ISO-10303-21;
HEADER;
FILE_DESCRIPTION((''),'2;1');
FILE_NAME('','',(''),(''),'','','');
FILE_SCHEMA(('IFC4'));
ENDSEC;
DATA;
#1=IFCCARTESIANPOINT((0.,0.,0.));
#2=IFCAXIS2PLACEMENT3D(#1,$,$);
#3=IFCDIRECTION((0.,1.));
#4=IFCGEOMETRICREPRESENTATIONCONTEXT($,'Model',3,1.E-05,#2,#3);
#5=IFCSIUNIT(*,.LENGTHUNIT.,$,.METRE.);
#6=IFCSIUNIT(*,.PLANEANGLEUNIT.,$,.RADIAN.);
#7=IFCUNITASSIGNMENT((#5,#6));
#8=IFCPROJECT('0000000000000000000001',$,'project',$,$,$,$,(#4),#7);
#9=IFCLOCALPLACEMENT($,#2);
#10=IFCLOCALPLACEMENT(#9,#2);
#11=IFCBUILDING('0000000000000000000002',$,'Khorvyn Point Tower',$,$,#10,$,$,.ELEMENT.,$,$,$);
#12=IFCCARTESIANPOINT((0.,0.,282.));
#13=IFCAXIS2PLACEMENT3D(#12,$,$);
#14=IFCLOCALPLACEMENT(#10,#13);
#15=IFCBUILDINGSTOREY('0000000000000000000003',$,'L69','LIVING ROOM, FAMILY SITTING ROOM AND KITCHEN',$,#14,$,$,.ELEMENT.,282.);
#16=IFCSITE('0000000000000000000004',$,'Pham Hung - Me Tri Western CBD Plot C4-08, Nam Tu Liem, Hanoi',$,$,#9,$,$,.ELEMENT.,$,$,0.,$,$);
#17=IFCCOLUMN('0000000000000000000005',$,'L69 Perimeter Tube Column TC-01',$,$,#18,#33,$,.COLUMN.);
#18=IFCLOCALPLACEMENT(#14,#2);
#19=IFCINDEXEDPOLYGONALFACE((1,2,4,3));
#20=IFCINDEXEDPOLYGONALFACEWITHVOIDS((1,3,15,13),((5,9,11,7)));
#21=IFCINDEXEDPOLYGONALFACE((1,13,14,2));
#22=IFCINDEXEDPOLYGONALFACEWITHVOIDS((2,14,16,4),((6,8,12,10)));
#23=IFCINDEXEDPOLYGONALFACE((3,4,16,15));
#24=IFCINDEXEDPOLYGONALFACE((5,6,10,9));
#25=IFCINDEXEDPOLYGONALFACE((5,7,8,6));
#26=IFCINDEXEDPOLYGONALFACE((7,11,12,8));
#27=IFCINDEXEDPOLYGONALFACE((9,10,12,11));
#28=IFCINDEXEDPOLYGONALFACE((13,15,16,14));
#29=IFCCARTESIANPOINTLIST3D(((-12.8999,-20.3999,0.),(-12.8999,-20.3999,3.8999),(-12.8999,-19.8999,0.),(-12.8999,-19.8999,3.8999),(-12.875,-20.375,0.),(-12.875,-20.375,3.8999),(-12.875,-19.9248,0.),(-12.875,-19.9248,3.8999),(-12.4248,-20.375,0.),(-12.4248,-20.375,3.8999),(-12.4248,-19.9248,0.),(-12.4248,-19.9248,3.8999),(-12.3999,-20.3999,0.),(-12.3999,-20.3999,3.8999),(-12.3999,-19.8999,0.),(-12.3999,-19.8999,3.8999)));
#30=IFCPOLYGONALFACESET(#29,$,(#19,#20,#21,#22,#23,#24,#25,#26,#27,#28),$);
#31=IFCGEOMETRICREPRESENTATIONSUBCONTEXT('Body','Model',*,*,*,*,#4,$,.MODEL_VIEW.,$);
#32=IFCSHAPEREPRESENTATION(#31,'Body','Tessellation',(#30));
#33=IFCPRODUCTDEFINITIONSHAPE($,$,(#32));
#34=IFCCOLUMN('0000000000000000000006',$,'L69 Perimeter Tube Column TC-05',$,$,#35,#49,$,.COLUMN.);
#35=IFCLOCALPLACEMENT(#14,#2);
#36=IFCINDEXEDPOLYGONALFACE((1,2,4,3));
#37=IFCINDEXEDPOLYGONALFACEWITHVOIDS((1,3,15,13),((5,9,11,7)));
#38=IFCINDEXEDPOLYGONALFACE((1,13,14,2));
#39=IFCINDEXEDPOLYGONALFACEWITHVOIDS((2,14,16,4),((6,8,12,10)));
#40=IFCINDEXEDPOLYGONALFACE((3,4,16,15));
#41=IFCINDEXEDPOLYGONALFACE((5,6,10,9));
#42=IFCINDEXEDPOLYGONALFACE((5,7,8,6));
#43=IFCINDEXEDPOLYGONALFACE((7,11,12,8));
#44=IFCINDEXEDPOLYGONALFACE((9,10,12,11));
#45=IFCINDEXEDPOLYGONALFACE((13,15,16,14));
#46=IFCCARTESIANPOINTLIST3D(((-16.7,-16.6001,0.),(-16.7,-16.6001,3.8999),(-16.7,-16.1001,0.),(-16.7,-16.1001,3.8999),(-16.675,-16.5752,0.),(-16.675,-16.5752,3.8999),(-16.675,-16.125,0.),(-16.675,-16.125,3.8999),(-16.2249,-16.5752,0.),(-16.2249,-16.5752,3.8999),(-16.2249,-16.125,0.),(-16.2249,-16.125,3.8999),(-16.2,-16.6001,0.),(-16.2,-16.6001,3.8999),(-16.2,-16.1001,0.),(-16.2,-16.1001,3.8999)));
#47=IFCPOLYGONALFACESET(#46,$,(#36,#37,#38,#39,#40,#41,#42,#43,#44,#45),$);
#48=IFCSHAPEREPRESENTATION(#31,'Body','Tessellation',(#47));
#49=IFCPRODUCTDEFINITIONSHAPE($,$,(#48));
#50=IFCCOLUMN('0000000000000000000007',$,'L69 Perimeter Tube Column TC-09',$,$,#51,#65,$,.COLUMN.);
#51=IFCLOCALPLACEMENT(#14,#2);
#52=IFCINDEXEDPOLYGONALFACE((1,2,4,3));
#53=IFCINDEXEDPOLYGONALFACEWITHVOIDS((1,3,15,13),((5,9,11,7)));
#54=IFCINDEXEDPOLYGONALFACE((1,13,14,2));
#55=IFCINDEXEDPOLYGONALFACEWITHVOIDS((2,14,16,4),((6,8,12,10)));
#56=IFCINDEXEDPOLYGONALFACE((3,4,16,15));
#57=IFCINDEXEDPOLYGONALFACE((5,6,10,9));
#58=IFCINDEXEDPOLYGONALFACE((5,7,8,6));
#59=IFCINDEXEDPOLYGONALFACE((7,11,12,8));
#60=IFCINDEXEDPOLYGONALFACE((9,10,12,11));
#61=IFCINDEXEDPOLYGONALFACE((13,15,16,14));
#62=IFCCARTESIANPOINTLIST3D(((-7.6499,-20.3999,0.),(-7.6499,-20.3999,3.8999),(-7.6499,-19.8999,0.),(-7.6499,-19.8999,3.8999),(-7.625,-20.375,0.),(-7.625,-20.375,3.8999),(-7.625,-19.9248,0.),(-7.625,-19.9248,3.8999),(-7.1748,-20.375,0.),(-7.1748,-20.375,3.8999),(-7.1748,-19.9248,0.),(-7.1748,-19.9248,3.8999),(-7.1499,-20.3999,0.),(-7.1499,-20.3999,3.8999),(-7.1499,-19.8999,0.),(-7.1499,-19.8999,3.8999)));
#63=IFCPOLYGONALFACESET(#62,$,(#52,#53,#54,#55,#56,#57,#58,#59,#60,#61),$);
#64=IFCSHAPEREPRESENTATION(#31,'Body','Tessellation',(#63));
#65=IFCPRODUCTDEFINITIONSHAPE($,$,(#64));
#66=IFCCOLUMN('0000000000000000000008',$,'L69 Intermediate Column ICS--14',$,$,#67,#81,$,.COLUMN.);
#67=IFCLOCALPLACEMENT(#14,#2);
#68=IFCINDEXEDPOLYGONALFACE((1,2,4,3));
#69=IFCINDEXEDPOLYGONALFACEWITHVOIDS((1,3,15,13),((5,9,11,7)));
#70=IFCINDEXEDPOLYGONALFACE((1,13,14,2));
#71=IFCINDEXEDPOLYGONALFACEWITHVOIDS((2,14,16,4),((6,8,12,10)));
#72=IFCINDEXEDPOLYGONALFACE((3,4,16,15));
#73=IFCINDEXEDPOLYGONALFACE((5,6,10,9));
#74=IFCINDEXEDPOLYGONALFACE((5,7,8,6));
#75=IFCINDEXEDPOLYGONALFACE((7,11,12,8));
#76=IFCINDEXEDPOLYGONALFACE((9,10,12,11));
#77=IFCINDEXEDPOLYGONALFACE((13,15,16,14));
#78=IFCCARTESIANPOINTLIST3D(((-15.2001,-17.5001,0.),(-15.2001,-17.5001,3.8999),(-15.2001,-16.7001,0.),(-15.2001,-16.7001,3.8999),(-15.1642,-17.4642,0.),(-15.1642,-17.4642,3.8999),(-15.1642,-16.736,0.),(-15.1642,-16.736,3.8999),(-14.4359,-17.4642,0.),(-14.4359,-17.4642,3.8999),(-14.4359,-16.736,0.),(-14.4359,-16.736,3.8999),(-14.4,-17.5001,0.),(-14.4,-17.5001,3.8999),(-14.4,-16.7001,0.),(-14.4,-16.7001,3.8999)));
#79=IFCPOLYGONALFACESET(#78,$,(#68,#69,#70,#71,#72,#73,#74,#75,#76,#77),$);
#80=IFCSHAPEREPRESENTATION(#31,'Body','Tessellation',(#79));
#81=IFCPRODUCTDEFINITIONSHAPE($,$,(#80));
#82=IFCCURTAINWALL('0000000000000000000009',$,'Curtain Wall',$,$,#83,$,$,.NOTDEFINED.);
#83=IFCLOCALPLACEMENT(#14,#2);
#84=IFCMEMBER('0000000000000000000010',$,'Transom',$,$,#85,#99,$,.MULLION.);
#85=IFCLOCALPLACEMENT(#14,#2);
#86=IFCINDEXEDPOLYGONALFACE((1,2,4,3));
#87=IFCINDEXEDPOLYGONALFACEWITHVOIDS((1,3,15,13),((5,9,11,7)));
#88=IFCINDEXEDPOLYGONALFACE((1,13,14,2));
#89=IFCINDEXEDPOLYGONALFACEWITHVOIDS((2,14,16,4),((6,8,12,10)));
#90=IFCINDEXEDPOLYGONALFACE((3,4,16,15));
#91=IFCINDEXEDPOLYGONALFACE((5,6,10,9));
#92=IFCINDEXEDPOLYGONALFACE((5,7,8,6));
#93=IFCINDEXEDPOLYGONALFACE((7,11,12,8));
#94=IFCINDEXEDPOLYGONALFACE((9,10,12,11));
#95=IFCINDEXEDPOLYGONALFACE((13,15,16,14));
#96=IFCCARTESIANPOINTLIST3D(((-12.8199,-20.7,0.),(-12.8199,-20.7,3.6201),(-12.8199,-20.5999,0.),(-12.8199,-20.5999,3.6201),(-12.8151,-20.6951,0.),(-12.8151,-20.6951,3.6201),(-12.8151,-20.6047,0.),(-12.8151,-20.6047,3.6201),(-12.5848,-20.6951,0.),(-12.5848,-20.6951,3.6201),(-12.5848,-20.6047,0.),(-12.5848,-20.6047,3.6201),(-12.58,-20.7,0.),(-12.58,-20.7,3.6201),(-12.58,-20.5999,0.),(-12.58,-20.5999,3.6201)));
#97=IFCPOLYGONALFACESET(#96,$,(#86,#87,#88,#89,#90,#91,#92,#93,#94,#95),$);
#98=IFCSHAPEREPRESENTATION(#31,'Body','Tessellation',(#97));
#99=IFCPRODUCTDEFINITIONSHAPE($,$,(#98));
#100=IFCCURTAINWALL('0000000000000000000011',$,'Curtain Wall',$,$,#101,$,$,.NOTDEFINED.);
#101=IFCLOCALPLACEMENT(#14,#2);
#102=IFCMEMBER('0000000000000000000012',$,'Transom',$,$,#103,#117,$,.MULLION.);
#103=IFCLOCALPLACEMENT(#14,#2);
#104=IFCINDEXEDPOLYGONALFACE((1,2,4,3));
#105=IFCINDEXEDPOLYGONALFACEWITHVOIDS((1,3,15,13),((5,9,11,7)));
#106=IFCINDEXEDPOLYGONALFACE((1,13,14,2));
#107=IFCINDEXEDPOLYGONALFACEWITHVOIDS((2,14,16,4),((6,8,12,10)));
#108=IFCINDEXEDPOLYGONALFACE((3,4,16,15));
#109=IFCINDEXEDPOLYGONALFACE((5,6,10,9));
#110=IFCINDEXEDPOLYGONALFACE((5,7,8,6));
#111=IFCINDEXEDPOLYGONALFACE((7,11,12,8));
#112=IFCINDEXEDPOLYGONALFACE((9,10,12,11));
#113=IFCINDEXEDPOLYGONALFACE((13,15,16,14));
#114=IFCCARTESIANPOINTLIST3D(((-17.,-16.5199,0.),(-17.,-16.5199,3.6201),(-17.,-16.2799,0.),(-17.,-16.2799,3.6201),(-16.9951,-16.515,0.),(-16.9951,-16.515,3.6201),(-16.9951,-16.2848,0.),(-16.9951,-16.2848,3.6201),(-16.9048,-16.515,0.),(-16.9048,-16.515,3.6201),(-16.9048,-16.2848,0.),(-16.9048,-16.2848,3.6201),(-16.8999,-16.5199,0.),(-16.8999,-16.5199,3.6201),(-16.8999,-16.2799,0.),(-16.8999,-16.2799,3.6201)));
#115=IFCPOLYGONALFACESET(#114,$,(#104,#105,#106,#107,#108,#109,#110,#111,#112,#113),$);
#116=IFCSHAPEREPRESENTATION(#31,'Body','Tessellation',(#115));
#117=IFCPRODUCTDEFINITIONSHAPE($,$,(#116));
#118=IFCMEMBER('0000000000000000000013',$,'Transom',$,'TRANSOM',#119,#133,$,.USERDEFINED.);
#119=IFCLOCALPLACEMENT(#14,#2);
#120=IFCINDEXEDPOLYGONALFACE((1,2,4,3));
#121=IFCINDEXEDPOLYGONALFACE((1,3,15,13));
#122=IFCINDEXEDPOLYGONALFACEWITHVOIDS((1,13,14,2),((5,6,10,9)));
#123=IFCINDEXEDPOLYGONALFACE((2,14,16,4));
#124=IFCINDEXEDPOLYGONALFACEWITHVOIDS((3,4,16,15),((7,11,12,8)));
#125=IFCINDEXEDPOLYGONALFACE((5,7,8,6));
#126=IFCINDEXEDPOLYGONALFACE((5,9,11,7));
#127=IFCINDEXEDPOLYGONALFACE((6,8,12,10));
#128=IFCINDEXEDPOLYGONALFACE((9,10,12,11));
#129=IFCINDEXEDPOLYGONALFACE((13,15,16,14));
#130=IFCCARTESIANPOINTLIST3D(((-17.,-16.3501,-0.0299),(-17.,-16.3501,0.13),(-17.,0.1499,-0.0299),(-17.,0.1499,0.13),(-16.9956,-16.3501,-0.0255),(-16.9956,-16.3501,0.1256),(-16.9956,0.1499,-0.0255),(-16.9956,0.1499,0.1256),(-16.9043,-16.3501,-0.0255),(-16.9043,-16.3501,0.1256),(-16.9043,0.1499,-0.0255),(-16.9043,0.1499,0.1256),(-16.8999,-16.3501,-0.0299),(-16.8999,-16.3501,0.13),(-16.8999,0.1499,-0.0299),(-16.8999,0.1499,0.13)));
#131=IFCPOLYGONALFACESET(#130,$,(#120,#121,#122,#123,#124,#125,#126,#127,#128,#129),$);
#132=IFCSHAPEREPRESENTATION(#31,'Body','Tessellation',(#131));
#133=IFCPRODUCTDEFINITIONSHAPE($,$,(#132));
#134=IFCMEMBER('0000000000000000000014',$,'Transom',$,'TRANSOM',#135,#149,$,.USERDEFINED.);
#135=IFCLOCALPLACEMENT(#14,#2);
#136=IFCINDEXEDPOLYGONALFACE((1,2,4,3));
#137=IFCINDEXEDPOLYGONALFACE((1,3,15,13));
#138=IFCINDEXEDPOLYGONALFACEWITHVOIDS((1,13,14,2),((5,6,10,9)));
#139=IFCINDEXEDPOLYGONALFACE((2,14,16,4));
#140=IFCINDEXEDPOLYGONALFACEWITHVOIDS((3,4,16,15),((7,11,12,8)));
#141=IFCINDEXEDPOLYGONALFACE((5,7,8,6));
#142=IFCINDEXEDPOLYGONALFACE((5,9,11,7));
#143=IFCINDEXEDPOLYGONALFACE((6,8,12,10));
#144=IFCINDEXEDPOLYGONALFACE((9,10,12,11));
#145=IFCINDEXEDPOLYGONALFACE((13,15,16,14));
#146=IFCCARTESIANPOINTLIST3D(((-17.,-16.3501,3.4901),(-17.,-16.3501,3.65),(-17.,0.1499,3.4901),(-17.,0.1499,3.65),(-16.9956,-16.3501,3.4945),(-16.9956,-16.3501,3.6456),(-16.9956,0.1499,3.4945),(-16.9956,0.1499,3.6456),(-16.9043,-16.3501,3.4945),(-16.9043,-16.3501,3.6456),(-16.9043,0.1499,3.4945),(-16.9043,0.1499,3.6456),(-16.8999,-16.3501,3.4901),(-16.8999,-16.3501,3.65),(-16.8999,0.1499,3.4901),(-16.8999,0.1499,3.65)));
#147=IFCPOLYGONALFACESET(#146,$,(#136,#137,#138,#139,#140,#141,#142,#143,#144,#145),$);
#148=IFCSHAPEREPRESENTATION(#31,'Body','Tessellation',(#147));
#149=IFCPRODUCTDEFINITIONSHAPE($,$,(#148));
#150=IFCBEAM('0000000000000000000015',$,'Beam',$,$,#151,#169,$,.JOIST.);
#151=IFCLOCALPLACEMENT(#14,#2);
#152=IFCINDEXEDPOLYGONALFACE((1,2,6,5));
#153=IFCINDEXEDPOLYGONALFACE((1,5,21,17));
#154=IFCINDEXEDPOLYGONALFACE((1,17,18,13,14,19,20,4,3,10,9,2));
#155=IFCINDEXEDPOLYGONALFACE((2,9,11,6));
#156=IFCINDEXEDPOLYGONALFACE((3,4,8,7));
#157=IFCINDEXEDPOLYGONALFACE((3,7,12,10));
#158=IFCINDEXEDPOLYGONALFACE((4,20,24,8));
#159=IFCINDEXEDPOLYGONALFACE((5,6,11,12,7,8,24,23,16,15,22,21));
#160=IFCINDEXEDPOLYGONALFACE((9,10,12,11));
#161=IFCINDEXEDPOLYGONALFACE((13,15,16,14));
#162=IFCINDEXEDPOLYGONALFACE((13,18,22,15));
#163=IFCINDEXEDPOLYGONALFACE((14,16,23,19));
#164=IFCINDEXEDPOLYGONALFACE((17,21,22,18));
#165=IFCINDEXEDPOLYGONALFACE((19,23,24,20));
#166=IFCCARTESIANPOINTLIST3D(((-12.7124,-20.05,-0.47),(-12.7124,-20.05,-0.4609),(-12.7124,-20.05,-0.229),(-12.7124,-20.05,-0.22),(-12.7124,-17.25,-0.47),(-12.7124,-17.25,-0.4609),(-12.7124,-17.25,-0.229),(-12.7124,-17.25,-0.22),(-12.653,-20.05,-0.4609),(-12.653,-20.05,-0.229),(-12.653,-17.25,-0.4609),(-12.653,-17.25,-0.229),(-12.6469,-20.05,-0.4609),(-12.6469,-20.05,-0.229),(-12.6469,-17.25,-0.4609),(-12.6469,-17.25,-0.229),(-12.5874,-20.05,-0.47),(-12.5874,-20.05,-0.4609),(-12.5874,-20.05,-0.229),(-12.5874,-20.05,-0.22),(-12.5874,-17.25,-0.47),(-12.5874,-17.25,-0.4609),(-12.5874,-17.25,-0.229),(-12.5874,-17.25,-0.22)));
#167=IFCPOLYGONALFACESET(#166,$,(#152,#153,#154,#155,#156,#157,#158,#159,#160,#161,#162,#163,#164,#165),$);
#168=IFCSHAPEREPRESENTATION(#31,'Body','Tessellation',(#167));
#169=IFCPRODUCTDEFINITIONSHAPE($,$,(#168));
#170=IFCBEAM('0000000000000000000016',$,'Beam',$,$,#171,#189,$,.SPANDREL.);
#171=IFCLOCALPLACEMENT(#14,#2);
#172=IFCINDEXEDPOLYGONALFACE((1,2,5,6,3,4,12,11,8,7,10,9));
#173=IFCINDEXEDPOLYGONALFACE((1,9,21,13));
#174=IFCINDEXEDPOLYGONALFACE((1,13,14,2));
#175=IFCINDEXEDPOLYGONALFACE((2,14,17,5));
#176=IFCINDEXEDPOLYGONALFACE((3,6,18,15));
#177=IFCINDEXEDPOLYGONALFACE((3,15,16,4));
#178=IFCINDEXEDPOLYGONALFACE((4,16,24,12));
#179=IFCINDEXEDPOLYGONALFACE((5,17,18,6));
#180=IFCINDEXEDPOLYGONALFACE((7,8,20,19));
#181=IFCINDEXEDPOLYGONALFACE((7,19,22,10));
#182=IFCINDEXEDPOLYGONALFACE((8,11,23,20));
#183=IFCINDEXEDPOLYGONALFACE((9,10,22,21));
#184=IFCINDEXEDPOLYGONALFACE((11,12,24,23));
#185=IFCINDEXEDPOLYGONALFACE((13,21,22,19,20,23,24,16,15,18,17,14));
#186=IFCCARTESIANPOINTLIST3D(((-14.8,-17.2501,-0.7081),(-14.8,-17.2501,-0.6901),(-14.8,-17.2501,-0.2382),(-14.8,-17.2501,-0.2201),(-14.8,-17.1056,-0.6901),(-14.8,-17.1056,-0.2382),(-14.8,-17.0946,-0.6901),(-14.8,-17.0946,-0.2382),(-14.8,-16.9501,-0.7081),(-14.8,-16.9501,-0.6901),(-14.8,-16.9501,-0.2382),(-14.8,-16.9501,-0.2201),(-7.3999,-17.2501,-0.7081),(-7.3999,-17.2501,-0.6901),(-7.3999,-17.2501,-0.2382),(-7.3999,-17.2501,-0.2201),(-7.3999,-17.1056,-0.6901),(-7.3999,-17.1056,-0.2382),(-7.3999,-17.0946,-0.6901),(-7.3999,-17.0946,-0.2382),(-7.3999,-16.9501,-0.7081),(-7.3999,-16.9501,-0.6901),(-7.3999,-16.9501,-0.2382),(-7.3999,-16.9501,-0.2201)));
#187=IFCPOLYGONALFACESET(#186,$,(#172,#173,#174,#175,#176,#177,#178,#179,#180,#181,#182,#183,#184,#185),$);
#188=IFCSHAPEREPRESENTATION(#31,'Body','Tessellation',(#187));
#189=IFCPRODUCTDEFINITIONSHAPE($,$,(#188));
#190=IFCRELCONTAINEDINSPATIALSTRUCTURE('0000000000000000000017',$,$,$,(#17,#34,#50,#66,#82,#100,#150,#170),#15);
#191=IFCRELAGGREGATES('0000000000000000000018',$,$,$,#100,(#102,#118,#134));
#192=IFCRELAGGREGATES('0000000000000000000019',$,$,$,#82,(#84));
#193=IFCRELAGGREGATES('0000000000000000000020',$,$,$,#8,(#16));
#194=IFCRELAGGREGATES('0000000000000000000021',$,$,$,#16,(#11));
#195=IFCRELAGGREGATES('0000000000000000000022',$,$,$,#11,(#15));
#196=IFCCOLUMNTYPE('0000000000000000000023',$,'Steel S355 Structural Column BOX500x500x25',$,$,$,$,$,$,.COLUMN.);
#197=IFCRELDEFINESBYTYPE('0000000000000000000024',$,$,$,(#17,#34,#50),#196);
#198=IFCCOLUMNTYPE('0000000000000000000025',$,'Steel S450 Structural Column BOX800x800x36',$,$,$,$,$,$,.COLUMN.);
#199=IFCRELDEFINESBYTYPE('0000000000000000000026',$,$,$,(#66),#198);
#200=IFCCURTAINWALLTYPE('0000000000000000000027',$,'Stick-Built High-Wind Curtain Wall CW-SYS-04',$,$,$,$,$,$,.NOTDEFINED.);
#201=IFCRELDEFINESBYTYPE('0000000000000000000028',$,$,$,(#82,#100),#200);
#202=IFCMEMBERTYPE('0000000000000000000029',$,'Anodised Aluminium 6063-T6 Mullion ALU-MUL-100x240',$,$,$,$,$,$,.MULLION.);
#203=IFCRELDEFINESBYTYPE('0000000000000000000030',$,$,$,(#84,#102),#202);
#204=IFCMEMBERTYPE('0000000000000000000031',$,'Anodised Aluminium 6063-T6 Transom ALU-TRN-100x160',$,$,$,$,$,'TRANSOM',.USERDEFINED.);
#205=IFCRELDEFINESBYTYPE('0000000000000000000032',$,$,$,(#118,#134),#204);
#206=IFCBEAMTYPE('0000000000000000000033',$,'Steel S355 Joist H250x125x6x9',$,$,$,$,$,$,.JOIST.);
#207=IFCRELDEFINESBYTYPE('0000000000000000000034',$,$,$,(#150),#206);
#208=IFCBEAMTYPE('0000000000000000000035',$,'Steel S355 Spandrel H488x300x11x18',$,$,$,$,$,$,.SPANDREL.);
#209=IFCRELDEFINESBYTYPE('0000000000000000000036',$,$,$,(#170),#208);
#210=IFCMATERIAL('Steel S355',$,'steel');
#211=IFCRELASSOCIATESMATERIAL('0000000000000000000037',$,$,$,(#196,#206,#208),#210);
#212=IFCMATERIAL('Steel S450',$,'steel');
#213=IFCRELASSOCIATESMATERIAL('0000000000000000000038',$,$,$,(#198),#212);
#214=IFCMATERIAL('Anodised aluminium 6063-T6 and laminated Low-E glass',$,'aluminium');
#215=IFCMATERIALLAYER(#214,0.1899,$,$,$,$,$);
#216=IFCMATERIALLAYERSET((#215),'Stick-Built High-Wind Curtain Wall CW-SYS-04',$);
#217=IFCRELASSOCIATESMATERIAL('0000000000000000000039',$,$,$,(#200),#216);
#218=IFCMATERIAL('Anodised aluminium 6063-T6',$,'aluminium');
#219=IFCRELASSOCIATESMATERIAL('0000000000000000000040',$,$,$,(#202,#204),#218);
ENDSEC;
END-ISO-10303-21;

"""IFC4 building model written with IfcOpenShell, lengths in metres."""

from ifc_helpers import new_model, si_unit, direction, frame, origin, origin_2d, place, context, subcontext, project, spatial, hollow_rectangle, i_section, extrude, material, layer, layer_set, material_profile, profile_set, type_object, element, aggregate, save


model = new_model("IFC4")

# Units and contexts
model_context = context("Model", 3, precision=1e-05, world=origin(), true_north=direction((0.0, 1.0)))
body_context = subcontext(model_context, "Body", "Model", "MODEL_VIEW")
ifc_project = project(units=[si_unit("LENGTHUNIT", "METRE"), si_unit("PLANEANGLEUNIT", "RADIAN")], contexts=[model_context])

# Site, building, storey
site_placement = place(None, origin())
site = spatial("IfcSite", under=ifc_project, at=site_placement, Name="Pham Hung - Me Tri Western CBD Plot C4-08, Nam Tu Liem, Hanoi", CompositionType="ELEMENT", RefElevation=0.0)
building_placement = place(site_placement, origin())
building = spatial("IfcBuilding", under=site, at=building_placement, Name="Khorvyn Point Tower", CompositionType="ELEMENT")
storey_placement = place(building_placement, frame((0.0, 0.0, 282.0)))
storey = spatial("IfcBuildingStorey", under=building, at=storey_placement, Name="L69", Description="LIVING ROOM, FAMILY SITTING ROOM AND KITCHEN", CompositionType="ELEMENT", Elevation=282.0)

# Columns
ifc_material_1 = material(Name="Steel S355", Category="steel")
ifc_material_profile_1 = material_profile(ifc_material_1, hollow_rectangle(XDim=0.5, YDim=0.5, WallThickness=0.0249, at=origin_2d()))
ifc_profile_set_1 = profile_set([ifc_material_profile_1], Name="Steel S355 BOX500x500x25")
column_type_1 = type_object("IfcColumnType", Name="Steel S355 Structural Column BOX500x500x25", PredefinedType="COLUMN", material=ifc_profile_set_1)
for number, where, z_axis, x_axis, name in (
    (1, (-12.6499, -20.1499, 0.0), (0.0, 0.0, 1.0), (1.0, 0.0, 0.0), "L69 Perimeter Tube Column TC-01"),
    (2, (-16.45, -16.3501, 0.0), (0.0, 0.0, 1.0), (1.0, 0.0, 0.0), "L69 Perimeter Tube Column TC-05"),
    (3, (-7.3999, -20.1499, 0.0), (0.0, 0.0, 1.0), (1.0, 0.0, 0.0), "L69 Perimeter Tube Column TC-09"),
):
    element("IfcColumn", number, at=place(storey_placement, frame(where, z_axis=z_axis, x_axis=x_axis)), inside=storey, type_object=column_type_1, Name=name, PredefinedType="COLUMN", context=body_context, shape_type="SweptSolid", body=[
        extrude(hollow_rectangle(XDim=0.5, YDim=0.5, WallThickness=0.0249, at=origin_2d()), origin(), (0.0, 0.0, 1.0), 3.8999),
    ])
ifc_material_2 = material(Name="Steel S450", Category="steel")
ifc_material_profile_2 = material_profile(ifc_material_2, hollow_rectangle(XDim=0.8, YDim=0.8, WallThickness=0.0359, at=origin_2d()))
ifc_profile_set_2 = profile_set([ifc_material_profile_2], Name="Steel S450 BOX800x800x36")
column_type_2 = type_object("IfcColumnType", Name="Steel S450 Structural Column BOX800x800x36", PredefinedType="COLUMN", material=ifc_profile_set_2)
column_placement = place(storey_placement, frame((-14.8, -17.1001, 0.0), z_axis=(0.0, 0.0, 1.0), x_axis=(1.0, 0.0, 0.0)))
element("IfcColumn", 4, at=column_placement, inside=storey, type_object=column_type_2, Name="L69 Intermediate Column ICS--14", PredefinedType="COLUMN", context=body_context, shape_type="SweptSolid", body=[
    extrude(hollow_rectangle(XDim=0.8, YDim=0.8, WallThickness=0.0359, at=origin_2d()), origin(), (0.0, 0.0, 1.0), 3.8999),
])

# Curtain wall, member
ifc_material_3 = material(Name="Anodised aluminium 6063-T6 and laminated Low-E glass", Category="aluminium")
ifc_layer_1 = layer(ifc_material_3, 0.1899)
ifc_layer_set_1 = layer_set([ifc_layer_1], Name="Stick-Built High-Wind Curtain Wall CW-SYS-04")
curtain_wall_type = type_object("IfcCurtainWallType", Name="Stick-Built High-Wind Curtain Wall CW-SYS-04", PredefinedType="NOTDEFINED", material=ifc_layer_set_1)
curtain_wall_1_placement = place(storey_placement, origin())
curtain_wall_1 = element("IfcCurtainWall", 5, at=curtain_wall_1_placement, inside=storey, type_object=curtain_wall_type, Name="Curtain Wall", PredefinedType="NOTDEFINED")
ifc_material_4 = material(Name="Anodised aluminium 6063-T6", Category="aluminium")
ifc_material_profile_3 = material_profile(ifc_material_4, hollow_rectangle(XDim=0.1001, YDim=0.24, WallThickness=0.0049, at=origin_2d()))
ifc_profile_set_3 = profile_set([ifc_material_profile_3], Name="Anodised aluminium 6063-T6 ALU-MUL-100x240")
member_type_1 = type_object("IfcMemberType", Name="Anodised Aluminium 6063-T6 Mullion ALU-MUL-100x240", PredefinedType="MULLION", material=ifc_profile_set_3)
member_1_placement = place(storey_placement, frame((-12.7, -20.6499, 0.0), z_axis=(0.0, 0.0, 1.0), x_axis=(0.0, -1.0, 0.0)))
member_1 = element("IfcMember", 6, at=member_1_placement, type_object=member_type_1, Name="Transom", PredefinedType="MULLION", context=body_context, shape_type="SweptSolid", body=[
    extrude(hollow_rectangle(XDim=0.1001, YDim=0.24, WallThickness=0.0049, at=origin_2d()), origin(), (0.0, 0.0, 1.0), 3.6201),
])

# Curtain wall, members
curtain_wall_2_placement = place(storey_placement, origin())
curtain_wall_2 = element("IfcCurtainWall", 7, at=curtain_wall_2_placement, inside=storey, type_object=curtain_wall_type, Name="Curtain Wall", PredefinedType="NOTDEFINED")
member_2_placement = place(storey_placement, frame((-16.95, -16.3999, 0.0), z_axis=(0.0, 0.0, 1.0), x_axis=(-1.0, 0.0, 0.0)))
member_2 = element("IfcMember", 8, at=member_2_placement, type_object=member_type_1, Name="Transom", PredefinedType="MULLION", context=body_context, shape_type="SweptSolid", body=[
    extrude(hollow_rectangle(XDim=0.1001, YDim=0.24, WallThickness=0.0049, at=origin_2d()), origin(), (0.0, 0.0, 1.0), 3.6201),
])
ifc_material_profile_4 = material_profile(ifc_material_4, hollow_rectangle(XDim=0.1001, YDim=0.1599, WallThickness=0.0044, at=origin_2d()))
ifc_profile_set_4 = profile_set([ifc_material_profile_4], Name="Anodised aluminium 6063-T6 ALU-TRN-100x160")
member_type_2 = type_object("IfcMemberType", Name="Anodised Aluminium 6063-T6 Transom ALU-TRN-100x160", ElementType="TRANSOM", PredefinedType="USERDEFINED", material=ifc_profile_set_4)
member_3_placement = place(storey_placement, frame((-16.95, -16.3501, 0.05), z_axis=(0.0, 1.0, 0.0), x_axis=(-1.0, 0.0, 0.0)))
member_3 = element("IfcMember", 9, at=member_3_placement, type_object=member_type_2, Name="Transom", ObjectType="TRANSOM", PredefinedType="USERDEFINED", context=body_context, shape_type="SweptSolid", body=[
    extrude(hollow_rectangle(XDim=0.1001, YDim=0.1599, WallThickness=0.0044, at=origin_2d()), origin(), (0.0, 0.0, 1.0), 16.5),
])
member_4_placement = place(storey_placement, frame((-16.95, -16.3501, 3.5701), z_axis=(0.0, 1.0, 0.0), x_axis=(-1.0, 0.0, 0.0)))
member_4 = element("IfcMember", 10, at=member_4_placement, type_object=member_type_2, Name="Transom", ObjectType="TRANSOM", PredefinedType="USERDEFINED", context=body_context, shape_type="SweptSolid", body=[
    extrude(hollow_rectangle(XDim=0.1001, YDim=0.1599, WallThickness=0.0044, at=origin_2d()), origin(), (0.0, 0.0, 1.0), 16.5),
])
aggregate(curtain_wall_2, [member_2, member_3, member_4])

# Beams
ifc_material_profile_5 = material_profile(ifc_material_1, i_section(OverallWidth=0.125, OverallDepth=0.25, WebThickness=0.0061, FlangeThickness=0.009, at=origin_2d()))
ifc_profile_set_5 = profile_set([ifc_material_profile_5], Name="Steel S355 H250x125x6x9")
beam_type_1 = type_object("IfcBeamType", Name="Steel S355 Joist H250x125x6x9", PredefinedType="JOIST", material=ifc_profile_set_5)
beam_1_placement = place(storey_placement, frame((-12.6499, -20.05, -0.345), z_axis=(0.0, 1.0, 0.0), x_axis=(-1.0, 0.0, 0.0)))
element("IfcBeam", 11, at=beam_1_placement, inside=storey, type_object=beam_type_1, Name="Beam", PredefinedType="JOIST", context=body_context, shape_type="SweptSolid", body=[
    extrude(i_section(OverallWidth=0.125, OverallDepth=0.25, WebThickness=0.0061, FlangeThickness=0.009, at=origin_2d()), origin(), (0.0, 0.0, 1.0), 2.8),
])
ifc_material_profile_6 = material_profile(ifc_material_1, i_section(OverallWidth=0.3, OverallDepth=0.488, WebThickness=0.011, FlangeThickness=0.0181, at=origin_2d()))
ifc_profile_set_6 = profile_set([ifc_material_profile_6], Name="Steel S355 H488x300x11x18")
beam_type_2 = type_object("IfcBeamType", Name="Steel S355 Spandrel H488x300x11x18", PredefinedType="SPANDREL", material=ifc_profile_set_6)
beam_2_placement = place(storey_placement, frame((-14.8, -17.1001, -0.4641), z_axis=(1.0, 0.0, 0.0), x_axis=(0.0, 1.0, 0.0)))
element("IfcBeam", 12, at=beam_2_placement, inside=storey, type_object=beam_type_2, Name="Beam", PredefinedType="SPANDREL", context=body_context, shape_type="SweptSolid", body=[
    extrude(i_section(OverallWidth=0.3, OverallDepth=0.488, WebThickness=0.011, FlangeThickness=0.0181, at=origin_2d()), origin(), (0.0, 0.0, 1.0), 7.4001),
])

aggregate(curtain_wall_1, [member_1])

save(model, "model.ifc")
